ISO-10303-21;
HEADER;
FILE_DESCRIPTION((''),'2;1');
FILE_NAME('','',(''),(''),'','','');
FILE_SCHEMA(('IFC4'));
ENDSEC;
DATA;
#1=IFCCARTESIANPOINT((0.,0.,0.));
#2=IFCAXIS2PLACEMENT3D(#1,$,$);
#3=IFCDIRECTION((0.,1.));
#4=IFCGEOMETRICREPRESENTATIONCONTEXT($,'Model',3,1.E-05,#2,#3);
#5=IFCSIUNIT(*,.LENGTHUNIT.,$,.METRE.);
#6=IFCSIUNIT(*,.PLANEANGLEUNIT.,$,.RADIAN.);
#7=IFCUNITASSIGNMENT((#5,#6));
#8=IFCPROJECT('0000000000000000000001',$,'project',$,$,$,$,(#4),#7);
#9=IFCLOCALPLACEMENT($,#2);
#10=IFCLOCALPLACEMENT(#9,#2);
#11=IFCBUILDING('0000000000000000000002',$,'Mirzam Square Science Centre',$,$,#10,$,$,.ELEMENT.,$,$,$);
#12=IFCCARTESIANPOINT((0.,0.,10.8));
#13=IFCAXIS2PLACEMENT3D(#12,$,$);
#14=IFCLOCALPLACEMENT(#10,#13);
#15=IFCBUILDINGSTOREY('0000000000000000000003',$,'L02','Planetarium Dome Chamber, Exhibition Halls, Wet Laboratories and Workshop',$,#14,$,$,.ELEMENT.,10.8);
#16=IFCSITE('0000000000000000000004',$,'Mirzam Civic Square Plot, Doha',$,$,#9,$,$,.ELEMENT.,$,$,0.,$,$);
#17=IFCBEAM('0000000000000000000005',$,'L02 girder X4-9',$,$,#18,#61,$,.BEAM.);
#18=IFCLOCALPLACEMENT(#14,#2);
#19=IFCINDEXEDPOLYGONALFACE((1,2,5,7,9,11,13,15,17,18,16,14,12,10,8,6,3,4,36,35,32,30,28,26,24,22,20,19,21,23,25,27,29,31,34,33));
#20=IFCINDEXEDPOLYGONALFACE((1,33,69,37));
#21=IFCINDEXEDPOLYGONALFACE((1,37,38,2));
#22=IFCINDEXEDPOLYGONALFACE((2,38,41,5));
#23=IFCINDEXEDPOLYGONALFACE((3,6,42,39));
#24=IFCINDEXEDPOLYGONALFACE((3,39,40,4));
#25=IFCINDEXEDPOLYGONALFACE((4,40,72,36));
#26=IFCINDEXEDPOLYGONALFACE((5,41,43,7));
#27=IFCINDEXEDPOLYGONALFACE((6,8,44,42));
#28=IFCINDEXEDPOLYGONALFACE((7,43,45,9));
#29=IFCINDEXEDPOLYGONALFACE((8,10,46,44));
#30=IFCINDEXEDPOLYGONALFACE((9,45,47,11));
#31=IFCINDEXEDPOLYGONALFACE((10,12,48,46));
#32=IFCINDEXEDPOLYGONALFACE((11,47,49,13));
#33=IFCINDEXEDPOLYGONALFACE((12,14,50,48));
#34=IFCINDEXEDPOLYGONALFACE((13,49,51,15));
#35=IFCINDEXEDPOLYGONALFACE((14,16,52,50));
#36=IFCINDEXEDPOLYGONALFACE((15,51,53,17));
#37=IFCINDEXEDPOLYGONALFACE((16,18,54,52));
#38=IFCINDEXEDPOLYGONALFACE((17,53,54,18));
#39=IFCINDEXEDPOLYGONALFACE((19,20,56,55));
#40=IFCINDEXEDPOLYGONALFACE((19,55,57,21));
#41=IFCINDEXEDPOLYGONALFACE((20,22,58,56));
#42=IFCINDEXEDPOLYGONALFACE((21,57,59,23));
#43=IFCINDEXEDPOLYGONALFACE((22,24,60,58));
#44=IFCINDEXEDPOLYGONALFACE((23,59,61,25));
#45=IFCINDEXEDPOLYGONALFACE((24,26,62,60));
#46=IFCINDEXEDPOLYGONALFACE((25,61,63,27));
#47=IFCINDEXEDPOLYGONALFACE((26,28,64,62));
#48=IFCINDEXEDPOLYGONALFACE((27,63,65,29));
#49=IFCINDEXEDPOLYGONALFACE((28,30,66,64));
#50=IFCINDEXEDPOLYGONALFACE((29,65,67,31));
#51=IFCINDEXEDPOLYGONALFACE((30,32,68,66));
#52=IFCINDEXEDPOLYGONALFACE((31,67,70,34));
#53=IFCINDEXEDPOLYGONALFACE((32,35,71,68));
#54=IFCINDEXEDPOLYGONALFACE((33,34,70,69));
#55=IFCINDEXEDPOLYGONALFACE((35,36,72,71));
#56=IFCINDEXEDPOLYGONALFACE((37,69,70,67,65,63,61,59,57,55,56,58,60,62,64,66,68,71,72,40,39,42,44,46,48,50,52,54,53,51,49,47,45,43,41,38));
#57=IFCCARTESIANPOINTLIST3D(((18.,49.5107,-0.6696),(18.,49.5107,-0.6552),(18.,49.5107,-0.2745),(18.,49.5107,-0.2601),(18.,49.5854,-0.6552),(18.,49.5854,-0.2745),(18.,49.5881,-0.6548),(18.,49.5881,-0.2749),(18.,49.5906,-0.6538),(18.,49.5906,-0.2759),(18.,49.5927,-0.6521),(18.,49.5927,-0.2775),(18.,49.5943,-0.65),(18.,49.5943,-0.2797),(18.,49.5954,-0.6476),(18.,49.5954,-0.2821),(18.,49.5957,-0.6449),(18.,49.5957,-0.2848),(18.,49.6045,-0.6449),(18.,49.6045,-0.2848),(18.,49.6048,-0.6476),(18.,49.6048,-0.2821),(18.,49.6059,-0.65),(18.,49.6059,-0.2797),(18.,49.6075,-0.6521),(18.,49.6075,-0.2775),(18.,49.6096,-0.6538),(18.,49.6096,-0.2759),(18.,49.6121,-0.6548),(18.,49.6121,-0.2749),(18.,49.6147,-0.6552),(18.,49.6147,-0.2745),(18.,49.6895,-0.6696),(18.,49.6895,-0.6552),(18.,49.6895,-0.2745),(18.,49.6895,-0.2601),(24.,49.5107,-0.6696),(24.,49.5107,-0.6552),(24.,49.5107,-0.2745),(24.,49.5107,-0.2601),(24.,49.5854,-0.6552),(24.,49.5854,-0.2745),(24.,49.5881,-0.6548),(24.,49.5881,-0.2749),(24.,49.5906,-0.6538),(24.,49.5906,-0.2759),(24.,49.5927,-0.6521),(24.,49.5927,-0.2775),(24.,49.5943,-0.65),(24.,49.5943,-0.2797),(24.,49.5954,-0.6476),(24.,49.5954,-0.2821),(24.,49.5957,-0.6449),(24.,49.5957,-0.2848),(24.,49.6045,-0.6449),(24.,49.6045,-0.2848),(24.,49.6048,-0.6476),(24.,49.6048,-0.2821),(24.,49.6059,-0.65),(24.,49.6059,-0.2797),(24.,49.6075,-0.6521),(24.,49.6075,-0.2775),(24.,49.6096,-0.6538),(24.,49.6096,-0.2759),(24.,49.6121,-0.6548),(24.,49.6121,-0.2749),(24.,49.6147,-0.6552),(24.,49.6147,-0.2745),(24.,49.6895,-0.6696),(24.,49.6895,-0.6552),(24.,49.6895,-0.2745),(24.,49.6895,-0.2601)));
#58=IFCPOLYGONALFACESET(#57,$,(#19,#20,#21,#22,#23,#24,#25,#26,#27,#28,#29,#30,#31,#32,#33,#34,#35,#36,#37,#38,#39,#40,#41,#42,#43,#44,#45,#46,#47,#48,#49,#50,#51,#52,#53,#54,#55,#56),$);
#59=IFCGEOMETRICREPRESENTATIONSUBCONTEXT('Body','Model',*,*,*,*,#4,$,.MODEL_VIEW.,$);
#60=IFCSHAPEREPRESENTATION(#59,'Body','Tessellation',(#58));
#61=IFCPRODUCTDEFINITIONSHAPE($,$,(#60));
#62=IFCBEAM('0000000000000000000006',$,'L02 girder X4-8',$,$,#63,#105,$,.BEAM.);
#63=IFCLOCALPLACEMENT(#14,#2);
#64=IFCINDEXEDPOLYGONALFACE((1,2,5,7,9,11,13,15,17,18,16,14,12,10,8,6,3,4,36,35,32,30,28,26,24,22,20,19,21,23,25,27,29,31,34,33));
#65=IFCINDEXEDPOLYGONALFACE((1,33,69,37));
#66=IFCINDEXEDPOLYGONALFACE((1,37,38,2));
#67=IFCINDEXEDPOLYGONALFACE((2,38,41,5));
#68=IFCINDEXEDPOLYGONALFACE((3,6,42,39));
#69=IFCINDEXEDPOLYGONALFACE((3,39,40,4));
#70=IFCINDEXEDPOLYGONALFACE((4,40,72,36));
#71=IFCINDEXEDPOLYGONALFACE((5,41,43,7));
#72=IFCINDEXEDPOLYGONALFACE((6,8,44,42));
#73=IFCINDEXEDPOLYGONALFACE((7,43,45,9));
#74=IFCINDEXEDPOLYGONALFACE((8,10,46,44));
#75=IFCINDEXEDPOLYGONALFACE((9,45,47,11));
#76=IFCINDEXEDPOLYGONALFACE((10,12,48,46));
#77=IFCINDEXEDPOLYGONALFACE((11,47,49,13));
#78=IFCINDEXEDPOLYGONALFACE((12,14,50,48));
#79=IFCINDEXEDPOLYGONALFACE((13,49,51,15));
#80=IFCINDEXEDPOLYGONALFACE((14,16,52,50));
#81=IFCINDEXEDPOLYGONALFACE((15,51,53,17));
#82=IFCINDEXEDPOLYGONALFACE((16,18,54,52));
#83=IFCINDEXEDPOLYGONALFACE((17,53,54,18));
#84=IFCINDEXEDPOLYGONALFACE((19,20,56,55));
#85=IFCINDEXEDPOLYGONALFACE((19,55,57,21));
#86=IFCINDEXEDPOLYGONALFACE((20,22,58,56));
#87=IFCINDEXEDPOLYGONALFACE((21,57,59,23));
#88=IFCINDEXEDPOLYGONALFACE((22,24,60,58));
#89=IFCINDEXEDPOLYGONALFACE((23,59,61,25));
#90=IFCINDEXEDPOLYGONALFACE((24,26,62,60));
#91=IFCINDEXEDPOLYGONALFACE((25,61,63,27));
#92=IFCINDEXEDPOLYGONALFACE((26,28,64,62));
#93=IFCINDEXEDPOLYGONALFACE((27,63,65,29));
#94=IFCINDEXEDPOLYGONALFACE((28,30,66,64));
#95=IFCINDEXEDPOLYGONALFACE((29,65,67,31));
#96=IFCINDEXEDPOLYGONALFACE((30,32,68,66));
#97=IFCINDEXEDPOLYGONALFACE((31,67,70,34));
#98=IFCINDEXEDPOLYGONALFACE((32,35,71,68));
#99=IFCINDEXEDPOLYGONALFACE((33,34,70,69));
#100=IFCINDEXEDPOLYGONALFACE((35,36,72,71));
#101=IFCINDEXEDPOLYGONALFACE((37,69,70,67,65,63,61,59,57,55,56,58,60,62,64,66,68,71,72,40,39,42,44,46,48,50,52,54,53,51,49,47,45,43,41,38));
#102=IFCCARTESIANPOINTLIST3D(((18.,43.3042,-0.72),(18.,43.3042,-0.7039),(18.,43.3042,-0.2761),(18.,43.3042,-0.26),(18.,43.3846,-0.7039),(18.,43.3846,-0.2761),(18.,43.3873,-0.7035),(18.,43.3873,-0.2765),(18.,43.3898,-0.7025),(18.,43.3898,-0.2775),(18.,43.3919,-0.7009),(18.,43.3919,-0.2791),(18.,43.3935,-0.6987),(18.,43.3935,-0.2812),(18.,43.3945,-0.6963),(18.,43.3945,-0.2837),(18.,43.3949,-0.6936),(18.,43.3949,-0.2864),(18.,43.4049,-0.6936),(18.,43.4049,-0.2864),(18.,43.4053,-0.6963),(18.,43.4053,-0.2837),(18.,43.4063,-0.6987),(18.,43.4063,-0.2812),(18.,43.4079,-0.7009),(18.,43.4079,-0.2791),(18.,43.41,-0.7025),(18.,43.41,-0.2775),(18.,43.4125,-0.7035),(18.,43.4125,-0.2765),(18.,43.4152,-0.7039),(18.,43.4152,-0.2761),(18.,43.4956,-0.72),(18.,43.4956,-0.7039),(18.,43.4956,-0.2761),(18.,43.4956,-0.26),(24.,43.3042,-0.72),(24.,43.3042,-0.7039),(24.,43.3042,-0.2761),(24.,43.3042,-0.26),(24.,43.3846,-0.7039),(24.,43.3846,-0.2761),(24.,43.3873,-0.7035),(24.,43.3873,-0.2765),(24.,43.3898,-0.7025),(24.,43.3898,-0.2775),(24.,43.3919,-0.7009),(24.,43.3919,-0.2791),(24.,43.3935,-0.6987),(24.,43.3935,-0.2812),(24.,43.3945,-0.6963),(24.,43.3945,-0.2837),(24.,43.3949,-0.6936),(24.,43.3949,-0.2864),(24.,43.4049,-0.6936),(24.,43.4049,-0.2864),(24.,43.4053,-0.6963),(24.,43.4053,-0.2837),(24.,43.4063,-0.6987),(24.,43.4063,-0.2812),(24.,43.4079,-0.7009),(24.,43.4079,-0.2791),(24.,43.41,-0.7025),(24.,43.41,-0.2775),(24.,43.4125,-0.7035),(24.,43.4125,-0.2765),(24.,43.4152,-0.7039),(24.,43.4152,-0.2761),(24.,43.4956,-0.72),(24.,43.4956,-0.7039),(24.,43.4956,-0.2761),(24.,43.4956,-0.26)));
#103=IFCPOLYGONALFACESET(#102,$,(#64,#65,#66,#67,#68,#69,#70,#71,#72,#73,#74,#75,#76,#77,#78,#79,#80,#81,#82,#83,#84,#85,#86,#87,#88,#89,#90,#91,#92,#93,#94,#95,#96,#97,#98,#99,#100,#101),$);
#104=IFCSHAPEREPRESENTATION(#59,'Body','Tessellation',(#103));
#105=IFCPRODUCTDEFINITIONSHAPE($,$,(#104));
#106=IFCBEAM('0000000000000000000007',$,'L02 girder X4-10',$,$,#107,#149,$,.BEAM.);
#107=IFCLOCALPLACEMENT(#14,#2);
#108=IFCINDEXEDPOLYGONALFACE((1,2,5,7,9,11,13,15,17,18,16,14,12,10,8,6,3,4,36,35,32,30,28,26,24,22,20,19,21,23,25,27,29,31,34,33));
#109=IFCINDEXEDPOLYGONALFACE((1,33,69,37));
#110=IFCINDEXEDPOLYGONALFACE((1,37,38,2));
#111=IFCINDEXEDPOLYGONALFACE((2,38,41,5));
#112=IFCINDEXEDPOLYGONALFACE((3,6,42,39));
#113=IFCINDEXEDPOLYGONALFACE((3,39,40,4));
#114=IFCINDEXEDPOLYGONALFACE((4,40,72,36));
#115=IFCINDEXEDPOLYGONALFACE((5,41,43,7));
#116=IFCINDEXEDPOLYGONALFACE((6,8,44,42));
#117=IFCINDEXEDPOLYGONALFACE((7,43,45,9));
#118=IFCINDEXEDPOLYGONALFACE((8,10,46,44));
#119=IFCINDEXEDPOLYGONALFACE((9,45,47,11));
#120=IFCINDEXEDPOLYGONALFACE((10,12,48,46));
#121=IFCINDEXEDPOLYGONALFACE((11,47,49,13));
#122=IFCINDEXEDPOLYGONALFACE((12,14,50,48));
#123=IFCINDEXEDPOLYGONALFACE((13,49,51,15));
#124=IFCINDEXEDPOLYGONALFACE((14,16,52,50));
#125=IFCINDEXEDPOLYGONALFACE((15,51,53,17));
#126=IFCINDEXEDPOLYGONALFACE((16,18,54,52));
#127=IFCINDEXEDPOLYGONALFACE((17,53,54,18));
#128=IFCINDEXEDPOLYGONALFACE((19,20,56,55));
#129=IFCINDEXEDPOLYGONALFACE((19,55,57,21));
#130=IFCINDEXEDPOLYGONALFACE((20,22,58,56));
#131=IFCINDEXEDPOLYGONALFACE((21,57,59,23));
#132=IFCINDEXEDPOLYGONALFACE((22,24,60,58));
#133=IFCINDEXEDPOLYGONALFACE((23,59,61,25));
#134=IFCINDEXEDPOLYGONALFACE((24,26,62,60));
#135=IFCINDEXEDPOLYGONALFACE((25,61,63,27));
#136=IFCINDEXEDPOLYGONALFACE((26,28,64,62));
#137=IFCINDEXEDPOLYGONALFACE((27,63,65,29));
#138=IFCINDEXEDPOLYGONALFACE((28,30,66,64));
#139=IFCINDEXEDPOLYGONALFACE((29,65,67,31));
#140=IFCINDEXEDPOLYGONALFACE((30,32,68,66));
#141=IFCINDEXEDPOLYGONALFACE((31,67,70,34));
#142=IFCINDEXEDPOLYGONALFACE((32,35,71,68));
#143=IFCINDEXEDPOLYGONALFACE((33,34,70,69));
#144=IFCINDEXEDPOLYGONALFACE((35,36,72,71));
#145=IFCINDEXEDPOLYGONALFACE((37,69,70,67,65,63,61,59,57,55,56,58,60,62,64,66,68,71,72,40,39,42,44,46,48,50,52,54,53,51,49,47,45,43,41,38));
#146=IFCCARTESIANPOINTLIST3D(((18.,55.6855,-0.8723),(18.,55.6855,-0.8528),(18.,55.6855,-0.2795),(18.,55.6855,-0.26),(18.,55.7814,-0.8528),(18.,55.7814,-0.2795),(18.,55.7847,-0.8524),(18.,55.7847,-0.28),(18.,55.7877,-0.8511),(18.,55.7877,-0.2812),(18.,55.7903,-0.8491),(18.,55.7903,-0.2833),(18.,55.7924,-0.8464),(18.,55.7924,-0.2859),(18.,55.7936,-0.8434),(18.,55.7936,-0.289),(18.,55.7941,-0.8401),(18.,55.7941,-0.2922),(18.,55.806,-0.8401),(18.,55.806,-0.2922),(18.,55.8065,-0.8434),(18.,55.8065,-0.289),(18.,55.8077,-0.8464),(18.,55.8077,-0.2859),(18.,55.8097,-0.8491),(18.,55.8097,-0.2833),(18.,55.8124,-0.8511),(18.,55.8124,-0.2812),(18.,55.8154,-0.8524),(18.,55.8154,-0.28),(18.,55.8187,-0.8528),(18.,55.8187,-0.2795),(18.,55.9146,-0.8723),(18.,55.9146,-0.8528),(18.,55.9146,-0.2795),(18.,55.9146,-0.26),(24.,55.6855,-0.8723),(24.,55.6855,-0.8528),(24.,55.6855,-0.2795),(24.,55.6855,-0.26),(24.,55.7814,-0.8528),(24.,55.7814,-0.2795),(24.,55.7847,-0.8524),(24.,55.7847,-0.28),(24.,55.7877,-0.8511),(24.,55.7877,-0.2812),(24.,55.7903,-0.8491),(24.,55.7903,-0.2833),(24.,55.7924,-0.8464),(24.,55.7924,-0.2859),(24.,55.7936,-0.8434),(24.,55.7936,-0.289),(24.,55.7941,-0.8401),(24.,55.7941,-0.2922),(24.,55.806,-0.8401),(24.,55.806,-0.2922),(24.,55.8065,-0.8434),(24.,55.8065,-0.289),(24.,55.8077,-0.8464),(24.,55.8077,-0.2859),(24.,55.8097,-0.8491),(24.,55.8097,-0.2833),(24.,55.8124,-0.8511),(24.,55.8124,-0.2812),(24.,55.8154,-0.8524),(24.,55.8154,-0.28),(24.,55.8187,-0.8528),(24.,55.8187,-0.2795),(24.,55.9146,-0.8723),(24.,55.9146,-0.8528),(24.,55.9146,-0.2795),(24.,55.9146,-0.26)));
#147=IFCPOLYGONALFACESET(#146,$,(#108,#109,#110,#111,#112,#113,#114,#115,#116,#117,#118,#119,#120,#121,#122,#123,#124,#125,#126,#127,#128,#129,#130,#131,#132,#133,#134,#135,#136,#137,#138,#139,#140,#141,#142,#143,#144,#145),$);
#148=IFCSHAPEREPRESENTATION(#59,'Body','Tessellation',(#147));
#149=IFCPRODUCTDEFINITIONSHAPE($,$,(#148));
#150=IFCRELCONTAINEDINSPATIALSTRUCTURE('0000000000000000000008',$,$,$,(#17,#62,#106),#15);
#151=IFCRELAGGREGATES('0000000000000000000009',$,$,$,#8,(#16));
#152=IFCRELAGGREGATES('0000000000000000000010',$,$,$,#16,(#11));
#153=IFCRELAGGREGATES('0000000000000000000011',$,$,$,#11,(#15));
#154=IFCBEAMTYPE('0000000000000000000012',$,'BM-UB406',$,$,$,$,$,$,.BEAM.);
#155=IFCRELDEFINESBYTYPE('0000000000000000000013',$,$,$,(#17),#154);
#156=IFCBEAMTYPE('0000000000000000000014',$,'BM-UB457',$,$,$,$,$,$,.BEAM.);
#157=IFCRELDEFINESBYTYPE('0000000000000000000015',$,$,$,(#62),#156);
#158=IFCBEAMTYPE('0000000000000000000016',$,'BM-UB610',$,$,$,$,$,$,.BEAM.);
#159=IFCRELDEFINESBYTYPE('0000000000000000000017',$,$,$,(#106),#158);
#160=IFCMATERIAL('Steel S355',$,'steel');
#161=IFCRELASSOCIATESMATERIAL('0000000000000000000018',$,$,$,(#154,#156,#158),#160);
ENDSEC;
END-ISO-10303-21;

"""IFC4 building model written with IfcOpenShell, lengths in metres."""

from ifc_helpers import new_model, si_unit, direction, frame, origin, origin_2d, place, context, subcontext, project, spatial, i_section, extrude, material, material_profile, profile_set, type_object, element, save


model = new_model("IFC4")

# Units and contexts
model_context = context("Model", 3, precision=1e-05, world=origin(), true_north=direction((0.0, 1.0)))
body_context = subcontext(model_context, "Body", "Model", "MODEL_VIEW")
ifc_project = project(units=[si_unit("LENGTHUNIT", "METRE"), si_unit("PLANEANGLEUNIT", "RADIAN")], contexts=[model_context])

# Site, building, storey
site_placement = place(None, origin())
site = spatial("IfcSite", under=ifc_project, at=site_placement, Name="Mirzam Civic Square Plot, Doha", CompositionType="ELEMENT", RefElevation=0.0)
building_placement = place(site_placement, origin())
building = spatial("IfcBuilding", under=site, at=building_placement, Name="Mirzam Square Science Centre", CompositionType="ELEMENT")
storey_placement = place(building_placement, frame((0.0, 0.0, 10.8)))
storey = spatial("IfcBuildingStorey", under=building, at=storey_placement, Name="L02", Description="Planetarium Dome Chamber, Exhibition Halls, Wet Laboratories and Workshop", CompositionType="ELEMENT", Elevation=10.8)

# Shared definitions
ifc_material_1 = material(Name="Steel S355", Category="steel")

# Beams
ifc_material_profile_1 = material_profile(ifc_material_1, i_section(OverallWidth=0.1787, OverallDepth=0.4094, WebThickness=0.0088, FlangeThickness=0.0144, FilletRadius=0.0103, at=origin_2d()), Name="406x178x67UB")
ifc_profile_set_1 = profile_set([ifc_material_profile_1], Name="Steel S355")
beam_type_1 = type_object("IfcBeamType", Name="BM-UB406", PredefinedType="BEAM", material=ifc_profile_set_1)
beam_1_placement = place(storey_placement, frame((18.0, 49.6001, -0.4648), z_axis=(1.0, 0.0, 0.0), x_axis=(0.0, 1.0, 0.0)))
element("IfcBeam", 1, at=beam_1_placement, inside=storey, type_object=beam_type_1, Name="L02 girder X4-9", PredefinedType="BEAM", context=body_context, shape_type="SweptSolid", body=[
    extrude(i_section(OverallWidth=0.1787, OverallDepth=0.4094, WebThickness=0.0088, FlangeThickness=0.0144, FilletRadius=0.0103, at=origin_2d()), origin(), (0.0, 0.0, 1.0), 6.0),
])
ifc_material_profile_2 = material_profile(ifc_material_1, i_section(OverallWidth=0.1914, OverallDepth=0.46, WebThickness=0.01, FlangeThickness=0.0161, FilletRadius=0.0103, at=origin_2d()), Name="457x191x82UB")
ifc_profile_set_2 = profile_set([ifc_material_profile_2], Name="Steel S355")
beam_type_2 = type_object("IfcBeamType", Name="BM-UB457", PredefinedType="BEAM", material=ifc_profile_set_2)
beam_2_placement = place(storey_placement, frame((18.0, 43.3999, -0.49), z_axis=(1.0, 0.0, 0.0), x_axis=(0.0, 1.0, 0.0)))
element("IfcBeam", 2, at=beam_2_placement, inside=storey, type_object=beam_type_2, Name="L02 girder X4-8", PredefinedType="BEAM", context=body_context, shape_type="SweptSolid", body=[
    extrude(i_section(OverallWidth=0.1914, OverallDepth=0.46, WebThickness=0.01, FlangeThickness=0.0161, FilletRadius=0.0103, at=origin_2d()), origin(), (0.0, 0.0, 1.0), 6.0),
])
ifc_material_profile_3 = material_profile(ifc_material_1, i_section(OverallWidth=0.229, OverallDepth=0.6123, WebThickness=0.012, FlangeThickness=0.0195, FilletRadius=0.0127, at=origin_2d()), Name="610x229x125UB")
ifc_profile_set_3 = profile_set([ifc_material_profile_3], Name="Steel S355")
beam_type_3 = type_object("IfcBeamType", Name="BM-UB610", PredefinedType="BEAM", material=ifc_profile_set_3)
beam_3_placement = place(storey_placement, frame((18.0, 55.8, -0.5662), z_axis=(1.0, 0.0, 0.0), x_axis=(0.0, 1.0, 0.0)))
element("IfcBeam", 3, at=beam_3_placement, inside=storey, type_object=beam_type_3, Name="L02 girder X4-10", PredefinedType="BEAM", context=body_context, shape_type="SweptSolid", body=[
    extrude(i_section(OverallWidth=0.229, OverallDepth=0.6123, WebThickness=0.012, FlangeThickness=0.0195, FilletRadius=0.0127, at=origin_2d()), origin(), (0.0, 0.0, 1.0), 6.0),
])

save(model, "model.ifc")
